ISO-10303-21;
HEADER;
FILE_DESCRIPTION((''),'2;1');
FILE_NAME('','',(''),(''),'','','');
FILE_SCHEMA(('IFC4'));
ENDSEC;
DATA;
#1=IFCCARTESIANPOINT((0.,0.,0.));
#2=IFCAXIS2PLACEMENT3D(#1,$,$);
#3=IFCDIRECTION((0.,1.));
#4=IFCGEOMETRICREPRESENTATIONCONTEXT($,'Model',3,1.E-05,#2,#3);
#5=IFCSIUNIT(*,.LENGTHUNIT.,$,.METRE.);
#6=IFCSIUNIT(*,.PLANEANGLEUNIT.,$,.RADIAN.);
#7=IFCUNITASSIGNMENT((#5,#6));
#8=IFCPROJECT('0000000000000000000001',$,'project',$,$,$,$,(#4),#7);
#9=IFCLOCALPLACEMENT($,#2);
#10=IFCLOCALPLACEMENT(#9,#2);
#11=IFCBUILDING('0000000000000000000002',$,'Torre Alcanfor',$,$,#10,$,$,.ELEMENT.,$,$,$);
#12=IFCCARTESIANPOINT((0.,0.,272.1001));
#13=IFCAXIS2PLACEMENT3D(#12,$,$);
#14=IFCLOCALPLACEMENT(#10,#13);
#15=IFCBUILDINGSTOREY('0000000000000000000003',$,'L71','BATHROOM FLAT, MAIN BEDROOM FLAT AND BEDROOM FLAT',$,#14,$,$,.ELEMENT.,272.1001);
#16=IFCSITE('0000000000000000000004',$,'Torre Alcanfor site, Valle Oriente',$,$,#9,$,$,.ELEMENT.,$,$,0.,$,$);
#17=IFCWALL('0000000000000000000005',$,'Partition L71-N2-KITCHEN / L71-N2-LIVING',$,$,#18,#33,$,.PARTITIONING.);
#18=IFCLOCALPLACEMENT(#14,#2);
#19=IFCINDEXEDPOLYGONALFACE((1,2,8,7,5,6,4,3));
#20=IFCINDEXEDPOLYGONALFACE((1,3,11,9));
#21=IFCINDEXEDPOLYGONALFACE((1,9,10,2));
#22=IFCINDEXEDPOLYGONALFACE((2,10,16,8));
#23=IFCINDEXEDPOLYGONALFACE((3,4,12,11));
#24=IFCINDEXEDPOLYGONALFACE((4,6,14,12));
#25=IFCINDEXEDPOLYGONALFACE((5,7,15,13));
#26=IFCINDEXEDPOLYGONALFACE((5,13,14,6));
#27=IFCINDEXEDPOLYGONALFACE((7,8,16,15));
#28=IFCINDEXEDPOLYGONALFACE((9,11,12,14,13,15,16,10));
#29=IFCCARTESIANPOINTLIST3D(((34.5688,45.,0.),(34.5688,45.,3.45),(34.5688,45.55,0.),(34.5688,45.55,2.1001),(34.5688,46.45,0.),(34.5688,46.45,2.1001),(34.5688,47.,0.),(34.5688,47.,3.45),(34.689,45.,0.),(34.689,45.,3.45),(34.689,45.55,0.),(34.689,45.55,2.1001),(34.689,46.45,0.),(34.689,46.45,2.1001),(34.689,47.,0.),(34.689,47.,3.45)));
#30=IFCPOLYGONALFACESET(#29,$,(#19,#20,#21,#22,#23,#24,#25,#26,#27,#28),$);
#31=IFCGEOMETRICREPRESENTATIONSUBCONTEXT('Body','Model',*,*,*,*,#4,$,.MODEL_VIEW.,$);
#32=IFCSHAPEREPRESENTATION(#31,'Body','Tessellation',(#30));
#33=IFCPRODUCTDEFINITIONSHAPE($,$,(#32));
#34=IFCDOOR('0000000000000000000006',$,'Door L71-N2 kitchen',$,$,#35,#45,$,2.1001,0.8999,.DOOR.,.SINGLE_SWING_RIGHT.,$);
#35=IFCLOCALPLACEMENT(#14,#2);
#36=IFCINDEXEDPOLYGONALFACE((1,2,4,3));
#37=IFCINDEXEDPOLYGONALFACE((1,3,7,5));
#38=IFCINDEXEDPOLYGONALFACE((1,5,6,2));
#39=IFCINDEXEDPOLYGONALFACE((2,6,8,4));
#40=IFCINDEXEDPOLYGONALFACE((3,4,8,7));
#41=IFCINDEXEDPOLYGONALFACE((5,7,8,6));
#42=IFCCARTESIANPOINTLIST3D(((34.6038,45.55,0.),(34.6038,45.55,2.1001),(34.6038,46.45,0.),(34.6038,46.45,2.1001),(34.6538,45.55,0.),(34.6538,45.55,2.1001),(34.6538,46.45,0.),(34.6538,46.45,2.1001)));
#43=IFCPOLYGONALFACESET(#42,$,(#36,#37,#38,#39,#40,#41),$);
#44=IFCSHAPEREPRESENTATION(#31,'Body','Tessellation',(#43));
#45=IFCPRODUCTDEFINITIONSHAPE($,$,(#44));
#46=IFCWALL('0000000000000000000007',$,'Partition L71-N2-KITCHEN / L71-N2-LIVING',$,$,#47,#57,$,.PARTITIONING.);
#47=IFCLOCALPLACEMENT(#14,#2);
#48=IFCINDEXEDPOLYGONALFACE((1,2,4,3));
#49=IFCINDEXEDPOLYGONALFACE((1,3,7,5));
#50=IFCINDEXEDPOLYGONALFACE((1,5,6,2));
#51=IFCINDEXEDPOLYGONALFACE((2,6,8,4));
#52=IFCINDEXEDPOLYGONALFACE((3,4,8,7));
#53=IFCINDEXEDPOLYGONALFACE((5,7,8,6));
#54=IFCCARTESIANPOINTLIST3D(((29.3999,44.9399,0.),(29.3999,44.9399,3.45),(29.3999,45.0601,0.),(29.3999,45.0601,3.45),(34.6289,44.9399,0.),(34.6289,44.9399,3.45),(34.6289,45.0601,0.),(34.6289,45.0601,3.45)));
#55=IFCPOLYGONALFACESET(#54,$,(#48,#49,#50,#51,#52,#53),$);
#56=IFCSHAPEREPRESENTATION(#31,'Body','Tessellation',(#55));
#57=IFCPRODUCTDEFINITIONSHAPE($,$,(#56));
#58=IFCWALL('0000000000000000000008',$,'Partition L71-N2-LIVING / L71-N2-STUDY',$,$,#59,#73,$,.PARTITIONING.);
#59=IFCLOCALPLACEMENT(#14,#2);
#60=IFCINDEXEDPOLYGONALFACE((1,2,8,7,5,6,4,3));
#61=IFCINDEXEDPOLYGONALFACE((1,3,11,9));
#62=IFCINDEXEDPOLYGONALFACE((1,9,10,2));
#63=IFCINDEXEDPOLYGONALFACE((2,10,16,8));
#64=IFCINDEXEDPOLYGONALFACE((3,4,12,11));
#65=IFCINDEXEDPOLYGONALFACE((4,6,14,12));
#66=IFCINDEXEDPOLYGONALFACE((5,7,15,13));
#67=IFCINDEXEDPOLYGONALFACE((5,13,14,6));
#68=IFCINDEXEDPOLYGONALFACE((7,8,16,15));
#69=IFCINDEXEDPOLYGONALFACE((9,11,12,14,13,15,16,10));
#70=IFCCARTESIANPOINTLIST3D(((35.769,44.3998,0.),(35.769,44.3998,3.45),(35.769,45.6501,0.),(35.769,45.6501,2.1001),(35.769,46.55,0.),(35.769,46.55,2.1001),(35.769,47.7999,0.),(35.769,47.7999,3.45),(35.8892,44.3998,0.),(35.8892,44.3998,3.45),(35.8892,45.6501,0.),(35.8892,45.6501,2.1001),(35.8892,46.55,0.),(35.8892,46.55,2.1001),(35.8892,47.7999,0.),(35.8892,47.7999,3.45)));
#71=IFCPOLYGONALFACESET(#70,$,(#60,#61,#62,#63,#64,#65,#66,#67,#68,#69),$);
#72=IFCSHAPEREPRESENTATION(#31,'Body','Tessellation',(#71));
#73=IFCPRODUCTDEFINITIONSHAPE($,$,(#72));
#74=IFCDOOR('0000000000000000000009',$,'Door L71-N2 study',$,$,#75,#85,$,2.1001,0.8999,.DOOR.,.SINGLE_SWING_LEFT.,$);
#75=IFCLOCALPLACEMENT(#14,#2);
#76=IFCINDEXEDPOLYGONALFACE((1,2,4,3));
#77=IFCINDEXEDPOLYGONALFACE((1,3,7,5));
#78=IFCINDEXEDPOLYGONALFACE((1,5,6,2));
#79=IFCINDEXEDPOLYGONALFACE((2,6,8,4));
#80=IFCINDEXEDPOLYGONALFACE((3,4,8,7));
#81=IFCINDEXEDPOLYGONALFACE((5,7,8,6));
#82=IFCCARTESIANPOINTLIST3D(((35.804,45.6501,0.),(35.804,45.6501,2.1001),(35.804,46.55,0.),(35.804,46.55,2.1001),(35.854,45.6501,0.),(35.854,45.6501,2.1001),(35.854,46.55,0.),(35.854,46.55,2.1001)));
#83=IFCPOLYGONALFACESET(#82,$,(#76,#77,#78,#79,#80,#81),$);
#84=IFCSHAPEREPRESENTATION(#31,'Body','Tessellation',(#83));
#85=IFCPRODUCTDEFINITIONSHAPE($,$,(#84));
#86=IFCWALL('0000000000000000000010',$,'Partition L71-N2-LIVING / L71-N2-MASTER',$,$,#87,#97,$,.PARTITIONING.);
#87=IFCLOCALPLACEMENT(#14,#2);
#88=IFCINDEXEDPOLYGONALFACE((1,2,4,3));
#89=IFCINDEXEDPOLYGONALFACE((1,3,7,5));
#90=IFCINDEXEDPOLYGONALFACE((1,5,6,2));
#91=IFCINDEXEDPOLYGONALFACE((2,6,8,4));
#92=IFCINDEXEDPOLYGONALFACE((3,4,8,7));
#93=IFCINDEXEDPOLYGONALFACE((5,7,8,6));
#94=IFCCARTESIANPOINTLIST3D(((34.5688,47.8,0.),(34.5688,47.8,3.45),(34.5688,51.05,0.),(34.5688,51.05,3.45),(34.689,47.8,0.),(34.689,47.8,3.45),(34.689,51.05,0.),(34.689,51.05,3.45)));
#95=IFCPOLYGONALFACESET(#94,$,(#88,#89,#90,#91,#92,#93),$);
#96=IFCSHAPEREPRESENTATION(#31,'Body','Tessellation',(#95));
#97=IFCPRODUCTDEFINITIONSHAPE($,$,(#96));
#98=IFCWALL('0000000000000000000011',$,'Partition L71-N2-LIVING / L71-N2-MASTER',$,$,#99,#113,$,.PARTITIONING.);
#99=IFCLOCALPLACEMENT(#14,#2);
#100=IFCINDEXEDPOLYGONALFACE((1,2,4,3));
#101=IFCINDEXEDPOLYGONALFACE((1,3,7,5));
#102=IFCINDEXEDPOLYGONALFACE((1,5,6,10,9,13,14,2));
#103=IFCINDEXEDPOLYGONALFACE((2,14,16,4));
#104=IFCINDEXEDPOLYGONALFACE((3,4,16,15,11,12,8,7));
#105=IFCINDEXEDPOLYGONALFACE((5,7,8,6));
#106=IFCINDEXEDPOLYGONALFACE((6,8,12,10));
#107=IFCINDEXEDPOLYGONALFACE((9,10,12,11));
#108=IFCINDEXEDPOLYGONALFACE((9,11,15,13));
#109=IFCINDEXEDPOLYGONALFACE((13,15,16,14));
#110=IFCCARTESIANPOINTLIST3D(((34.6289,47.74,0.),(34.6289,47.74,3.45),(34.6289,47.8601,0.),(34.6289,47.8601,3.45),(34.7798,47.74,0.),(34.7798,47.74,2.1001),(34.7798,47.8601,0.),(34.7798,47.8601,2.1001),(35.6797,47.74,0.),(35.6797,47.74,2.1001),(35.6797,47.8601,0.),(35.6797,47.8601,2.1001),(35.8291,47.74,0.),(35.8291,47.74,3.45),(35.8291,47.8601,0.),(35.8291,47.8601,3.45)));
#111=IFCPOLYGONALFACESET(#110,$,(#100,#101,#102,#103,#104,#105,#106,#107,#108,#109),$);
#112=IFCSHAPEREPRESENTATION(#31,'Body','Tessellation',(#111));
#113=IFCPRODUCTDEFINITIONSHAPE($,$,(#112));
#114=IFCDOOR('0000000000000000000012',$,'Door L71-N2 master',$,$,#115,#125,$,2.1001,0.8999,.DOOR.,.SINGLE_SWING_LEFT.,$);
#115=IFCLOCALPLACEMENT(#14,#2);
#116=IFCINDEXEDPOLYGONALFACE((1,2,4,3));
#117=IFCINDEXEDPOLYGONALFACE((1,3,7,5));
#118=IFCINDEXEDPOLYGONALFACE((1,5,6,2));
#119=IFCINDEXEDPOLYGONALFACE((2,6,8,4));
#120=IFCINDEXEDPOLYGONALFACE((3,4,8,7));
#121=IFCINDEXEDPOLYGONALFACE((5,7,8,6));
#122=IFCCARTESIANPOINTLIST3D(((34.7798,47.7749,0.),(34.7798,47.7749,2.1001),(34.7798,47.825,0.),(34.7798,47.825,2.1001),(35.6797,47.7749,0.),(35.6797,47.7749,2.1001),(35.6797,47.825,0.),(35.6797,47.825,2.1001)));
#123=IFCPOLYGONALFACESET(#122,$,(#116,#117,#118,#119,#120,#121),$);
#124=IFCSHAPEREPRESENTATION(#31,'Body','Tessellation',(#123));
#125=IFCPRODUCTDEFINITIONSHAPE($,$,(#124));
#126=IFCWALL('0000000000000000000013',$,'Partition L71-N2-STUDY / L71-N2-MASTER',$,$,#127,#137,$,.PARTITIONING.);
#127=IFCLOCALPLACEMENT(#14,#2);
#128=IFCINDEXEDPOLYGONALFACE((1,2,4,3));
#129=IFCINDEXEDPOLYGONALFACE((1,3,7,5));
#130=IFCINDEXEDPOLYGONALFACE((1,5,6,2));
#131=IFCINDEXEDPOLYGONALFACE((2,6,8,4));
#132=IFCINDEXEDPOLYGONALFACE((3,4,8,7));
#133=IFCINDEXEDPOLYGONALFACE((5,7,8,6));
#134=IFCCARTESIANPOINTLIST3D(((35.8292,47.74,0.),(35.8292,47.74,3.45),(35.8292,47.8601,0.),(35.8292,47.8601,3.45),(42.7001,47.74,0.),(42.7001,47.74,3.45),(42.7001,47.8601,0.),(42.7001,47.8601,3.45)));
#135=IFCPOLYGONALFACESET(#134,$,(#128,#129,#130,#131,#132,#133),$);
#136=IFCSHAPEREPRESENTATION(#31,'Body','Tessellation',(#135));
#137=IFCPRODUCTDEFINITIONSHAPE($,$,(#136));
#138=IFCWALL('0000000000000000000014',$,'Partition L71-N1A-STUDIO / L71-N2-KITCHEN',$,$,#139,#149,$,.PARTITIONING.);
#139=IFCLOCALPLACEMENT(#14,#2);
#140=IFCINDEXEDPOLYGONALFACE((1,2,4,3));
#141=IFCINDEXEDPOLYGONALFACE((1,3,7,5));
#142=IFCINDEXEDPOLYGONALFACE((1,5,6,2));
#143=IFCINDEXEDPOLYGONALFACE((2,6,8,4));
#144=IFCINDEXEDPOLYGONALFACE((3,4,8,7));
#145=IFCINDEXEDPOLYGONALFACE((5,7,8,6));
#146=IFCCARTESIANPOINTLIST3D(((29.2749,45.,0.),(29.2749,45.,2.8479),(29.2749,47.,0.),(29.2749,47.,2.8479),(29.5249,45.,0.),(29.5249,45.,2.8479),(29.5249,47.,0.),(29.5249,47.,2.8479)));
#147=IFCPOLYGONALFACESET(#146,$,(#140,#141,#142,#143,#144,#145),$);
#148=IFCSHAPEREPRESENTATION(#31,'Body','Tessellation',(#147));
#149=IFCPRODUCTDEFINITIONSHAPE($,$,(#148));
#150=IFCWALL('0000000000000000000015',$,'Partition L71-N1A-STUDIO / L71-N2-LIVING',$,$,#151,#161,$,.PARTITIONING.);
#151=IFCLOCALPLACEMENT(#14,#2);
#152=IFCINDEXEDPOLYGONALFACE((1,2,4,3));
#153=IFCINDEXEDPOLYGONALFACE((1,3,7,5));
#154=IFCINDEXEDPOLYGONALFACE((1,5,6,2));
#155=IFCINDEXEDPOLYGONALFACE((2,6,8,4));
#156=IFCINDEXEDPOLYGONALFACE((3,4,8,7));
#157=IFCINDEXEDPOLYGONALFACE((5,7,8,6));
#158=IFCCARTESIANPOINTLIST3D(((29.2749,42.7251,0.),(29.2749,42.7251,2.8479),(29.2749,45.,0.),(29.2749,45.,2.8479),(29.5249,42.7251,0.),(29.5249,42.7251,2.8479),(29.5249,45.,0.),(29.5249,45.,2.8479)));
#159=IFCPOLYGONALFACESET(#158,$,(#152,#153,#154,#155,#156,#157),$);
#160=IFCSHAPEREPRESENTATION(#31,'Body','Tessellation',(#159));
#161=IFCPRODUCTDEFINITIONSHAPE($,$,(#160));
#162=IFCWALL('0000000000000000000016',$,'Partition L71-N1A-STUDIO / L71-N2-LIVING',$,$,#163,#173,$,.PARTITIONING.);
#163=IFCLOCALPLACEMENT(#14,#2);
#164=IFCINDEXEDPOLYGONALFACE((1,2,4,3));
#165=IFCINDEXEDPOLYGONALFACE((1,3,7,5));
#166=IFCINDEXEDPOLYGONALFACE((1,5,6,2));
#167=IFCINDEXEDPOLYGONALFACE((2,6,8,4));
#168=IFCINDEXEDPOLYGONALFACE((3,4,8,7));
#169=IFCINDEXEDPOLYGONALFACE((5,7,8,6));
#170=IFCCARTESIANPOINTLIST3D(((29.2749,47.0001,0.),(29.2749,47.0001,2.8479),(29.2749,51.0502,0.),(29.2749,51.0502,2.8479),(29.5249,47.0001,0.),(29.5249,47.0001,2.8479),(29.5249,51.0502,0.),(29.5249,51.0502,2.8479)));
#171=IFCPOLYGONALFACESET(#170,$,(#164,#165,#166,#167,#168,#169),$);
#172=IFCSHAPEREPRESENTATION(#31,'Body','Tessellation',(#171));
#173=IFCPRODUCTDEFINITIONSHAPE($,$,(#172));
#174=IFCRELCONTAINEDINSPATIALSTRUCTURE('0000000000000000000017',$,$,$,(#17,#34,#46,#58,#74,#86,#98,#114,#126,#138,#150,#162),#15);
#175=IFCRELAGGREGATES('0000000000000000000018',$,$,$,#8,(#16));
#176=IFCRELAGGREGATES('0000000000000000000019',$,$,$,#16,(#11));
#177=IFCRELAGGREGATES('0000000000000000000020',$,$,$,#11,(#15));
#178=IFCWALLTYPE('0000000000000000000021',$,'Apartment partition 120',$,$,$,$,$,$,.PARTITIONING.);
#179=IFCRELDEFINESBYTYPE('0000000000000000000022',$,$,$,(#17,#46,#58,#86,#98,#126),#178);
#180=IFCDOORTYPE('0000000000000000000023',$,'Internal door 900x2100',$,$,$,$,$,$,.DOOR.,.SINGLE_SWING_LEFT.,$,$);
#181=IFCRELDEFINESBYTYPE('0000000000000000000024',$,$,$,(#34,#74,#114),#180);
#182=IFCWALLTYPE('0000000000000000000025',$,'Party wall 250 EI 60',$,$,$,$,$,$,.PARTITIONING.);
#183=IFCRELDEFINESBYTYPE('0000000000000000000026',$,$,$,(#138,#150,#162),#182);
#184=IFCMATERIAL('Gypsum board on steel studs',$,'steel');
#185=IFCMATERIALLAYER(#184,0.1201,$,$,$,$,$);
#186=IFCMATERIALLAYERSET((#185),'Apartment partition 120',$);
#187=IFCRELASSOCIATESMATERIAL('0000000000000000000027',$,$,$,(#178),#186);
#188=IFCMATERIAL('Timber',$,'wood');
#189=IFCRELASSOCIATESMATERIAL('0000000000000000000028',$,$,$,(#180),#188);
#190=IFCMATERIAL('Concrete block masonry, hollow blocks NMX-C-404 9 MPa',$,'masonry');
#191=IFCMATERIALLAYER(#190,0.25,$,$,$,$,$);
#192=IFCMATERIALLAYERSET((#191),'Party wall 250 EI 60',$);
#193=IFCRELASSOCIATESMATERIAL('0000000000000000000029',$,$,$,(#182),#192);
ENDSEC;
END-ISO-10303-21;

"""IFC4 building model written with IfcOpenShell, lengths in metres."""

from ifc_helpers import new_model, si_unit, direction, frame, frame_2d, origin, place, context, subcontext, project, spatial, rectangle, extrude, material, layer, layer_set, type_object, element, fill, save


model = new_model("IFC4")

# Units and contexts
model_context = context("Model", 3, precision=1e-05, world=origin(), true_north=direction((0.0, 1.0)))
body_context = subcontext(model_context, "Body", "Model", "MODEL_VIEW")
ifc_project = project(units=[si_unit("LENGTHUNIT", "METRE"), si_unit("PLANEANGLEUNIT", "RADIAN")], contexts=[model_context])

# Site, building, storey
site_placement = place(None, origin())
site = spatial("IfcSite", under=ifc_project, at=site_placement, Name="Torre Alcanfor site, Valle Oriente", CompositionType="ELEMENT", RefElevation=0.0)
building_placement = place(site_placement, origin())
building = spatial("IfcBuilding", under=site, at=building_placement, Name="Torre Alcanfor", CompositionType="ELEMENT")
storey_placement = place(building_placement, frame((0.0, 0.0, 272.1001)))
storey = spatial("IfcBuildingStorey", under=building, at=storey_placement, Name="L71", Description="BATHROOM FLAT, MAIN BEDROOM FLAT AND BEDROOM FLAT", CompositionType="ELEMENT", Elevation=272.1001)

# Shared definitions
ifc_material_1 = material(Name="Gypsum board on steel studs", Category="steel")
ifc_layer_1 = layer(ifc_material_1, 0.1201)
ifc_layer_set_1 = layer_set([ifc_layer_1], Name="Apartment partition 120")
wall_type_1 = type_object("IfcWallType", Name="Apartment partition 120", PredefinedType="PARTITIONING", material=ifc_layer_set_1)

# Wall, opening, door
wall_1_placement = place(storey_placement, frame((34.6289, 47.0, 0.0), z_axis=(0.0, 0.0, 1.0), x_axis=(0.0, -1.0, 0.0)))
wall_1 = element("IfcWall", 1, at=wall_1_placement, inside=storey, type_object=wall_type_1, Name="Partition L71-N2-KITCHEN / L71-N2-LIVING", PredefinedType="PARTITIONING", context=body_context, shape_type="SweptSolid", body=[
    extrude(rectangle(XDim=2.0, YDim=0.1201, at=frame_2d((1.0, 0.0))), origin(), (0.0, 0.0, 1.0), 3.45),
])
opening_1_placement = place(wall_1_placement, frame((0.55, 0.0, 0.0)))
opening_1 = element("IfcOpeningElement", 2, at=opening_1_placement, cuts=wall_1, PredefinedType="OPENING", context=body_context, shape_type="SweptSolid", body=[
    extrude(rectangle(XDim=0.8999, YDim=2.1001, at=frame_2d((0.45, 1.05))), frame((0.0, 0.0701, 0.0), z_axis=(0.0, -1.0, 0.0), x_axis=(1.0, 0.0, 0.0)), (0.0, 0.0, 1.0), 0.1401),
])
ifc_material_2 = material(Name="Timber", Category="wood")
door_type_1 = type_object("IfcDoorType", Name="Internal door 900x2100", OperationType="SINGLE_SWING_LEFT", PredefinedType="DOOR", material=ifc_material_2)
door_1_placement = place(opening_1_placement, frame((0.8999, 0.0, 0.0), z_axis=(0.0, 0.0, 1.0), x_axis=(-1.0, 0.0, 0.0)))
door_1 = element("IfcDoor", 3, at=door_1_placement, inside=storey, type_object=door_type_1, Name="Door L71-N2 kitchen", OperationType="SINGLE_SWING_RIGHT", OverallHeight=2.1001, OverallWidth=0.8999, PredefinedType="DOOR", context=body_context, shape_type="SweptSolid", body=[
    extrude(rectangle(XDim=0.8999, YDim=2.1001, at=frame_2d((0.45, 1.05))), frame((0.0, 0.0251, 0.0), z_axis=(0.0, -1.0, 0.0), x_axis=(1.0, 0.0, 0.0)), (0.0, 0.0, 1.0), 0.05),
])
fill(opening_1, door_1)

# Wall
wall_2_placement = place(storey_placement, frame((34.6289, 45.0, 0.0), z_axis=(0.0, 0.0, 1.0), x_axis=(-1.0, 0.0, 0.0)))
element("IfcWall", 4, at=wall_2_placement, inside=storey, type_object=wall_type_1, Name="Partition L71-N2-KITCHEN / L71-N2-LIVING", PredefinedType="PARTITIONING", context=body_context, shape_type="SweptSolid", body=[
    extrude(rectangle(XDim=5.229, YDim=0.1201, at=frame_2d((2.6145, 0.0))), origin(), (0.0, 0.0, 1.0), 3.45),
])

# Wall, opening, door
wall_3_placement = place(storey_placement, frame((35.8291, 47.8, 0.0), z_axis=(0.0, 0.0, 1.0), x_axis=(0.0, -1.0, 0.0)))
wall_3 = element("IfcWall", 5, at=wall_3_placement, inside=storey, type_object=wall_type_1, Name="Partition L71-N2-LIVING / L71-N2-STUDY", PredefinedType="PARTITIONING", context=body_context, shape_type="SweptSolid", body=[
    extrude(rectangle(XDim=3.4001, YDim=0.1201, at=frame_2d((1.7002, 0.0))), origin(), (0.0, 0.0, 1.0), 3.45),
])
opening_2_placement = place(wall_3_placement, frame((1.25, 0.0, 0.0)))
opening_2 = element("IfcOpeningElement", 6, at=opening_2_placement, cuts=wall_3, PredefinedType="OPENING", context=body_context, shape_type="SweptSolid", body=[
    extrude(rectangle(XDim=0.8999, YDim=2.1001, at=frame_2d((0.45, 1.05))), frame((0.0, 0.0701, 0.0), z_axis=(0.0, -1.0, 0.0), x_axis=(1.0, 0.0, 0.0)), (0.0, 0.0, 1.0), 0.1401),
])
door_2_placement = place(opening_2_placement, origin())
door_2 = element("IfcDoor", 7, at=door_2_placement, inside=storey, type_object=door_type_1, Name="Door L71-N2 study", OperationType="SINGLE_SWING_LEFT", OverallHeight=2.1001, OverallWidth=0.8999, PredefinedType="DOOR", context=body_context, shape_type="SweptSolid", body=[
    extrude(rectangle(XDim=0.8999, YDim=2.1001, at=frame_2d((0.45, 1.05))), frame((0.0, 0.0249, 0.0), z_axis=(0.0, -1.0, 0.0), x_axis=(1.0, 0.0, 0.0)), (0.0, 0.0, 1.0), 0.05),
])
fill(opening_2, door_2)

# Wall
wall_4_placement = place(storey_placement, frame((34.6289, 51.05, 0.0), z_axis=(0.0, 0.0, 1.0), x_axis=(0.0, -1.0, 0.0)))
element("IfcWall", 8, at=wall_4_placement, inside=storey, type_object=wall_type_1, Name="Partition L71-N2-LIVING / L71-N2-MASTER", PredefinedType="PARTITIONING", context=body_context, shape_type="SweptSolid", body=[
    extrude(rectangle(XDim=3.25, YDim=0.1201, at=frame_2d((1.625, 0.0))), origin(), (0.0, 0.0, 1.0), 3.45),
])

# Wall, opening, door
wall_5_placement = place(storey_placement, frame((34.6289, 47.8, 0.0), z_axis=(0.0, 0.0, 1.0), x_axis=(1.0, 0.0, 0.0)))
wall_5 = element("IfcWall", 9, at=wall_5_placement, inside=storey, type_object=wall_type_1, Name="Partition L71-N2-LIVING / L71-N2-MASTER", PredefinedType="PARTITIONING", context=body_context, shape_type="SweptSolid", body=[
    extrude(rectangle(XDim=1.2002, YDim=0.1201, at=frame_2d((0.6001, 0.0))), origin(), (0.0, 0.0, 1.0), 3.45),
])
opening_3_placement = place(wall_5_placement, frame((0.1509, 0.0, 0.0)))
opening_3 = element("IfcOpeningElement", 10, at=opening_3_placement, cuts=wall_5, PredefinedType="OPENING", context=body_context, shape_type="SweptSolid", body=[
    extrude(rectangle(XDim=0.8999, YDim=2.1001, at=frame_2d((0.45, 1.05))), frame((0.0, 0.0701, 0.0), z_axis=(0.0, -1.0, 0.0), x_axis=(1.0, 0.0, 0.0)), (0.0, 0.0, 1.0), 0.1401),
])
door_3_placement = place(opening_3_placement, origin())
door_3 = element("IfcDoor", 11, at=door_3_placement, inside=storey, type_object=door_type_1, Name="Door L71-N2 master", OperationType="SINGLE_SWING_LEFT", OverallHeight=2.1001, OverallWidth=0.8999, PredefinedType="DOOR", context=body_context, shape_type="SweptSolid", body=[
    extrude(rectangle(XDim=0.8999, YDim=2.1001, at=frame_2d((0.45, 1.05))), frame((0.0, 0.0249, 0.0), z_axis=(0.0, -1.0, 0.0), x_axis=(1.0, 0.0, 0.0)), (0.0, 0.0, 1.0), 0.05),
])
fill(opening_3, door_3)

# Walls
wall_6_placement = place(storey_placement, frame((35.8291, 47.8, 0.0), z_axis=(0.0, 0.0, 1.0), x_axis=(1.0, 0.0, 0.0)))
element("IfcWall", 12, at=wall_6_placement, inside=storey, type_object=wall_type_1, Name="Partition L71-N2-STUDY / L71-N2-MASTER", PredefinedType="PARTITIONING", context=body_context, shape_type="SweptSolid", body=[
    extrude(rectangle(XDim=6.8708, YDim=0.1201, at=frame_2d((3.4355, 0.0))), origin(), (0.0, 0.0, 1.0), 3.45),
])
ifc_material_3 = material(Name="Concrete block masonry, hollow blocks NMX-C-404 9 MPa", Category="masonry")
ifc_layer_2 = layer(ifc_material_3, 0.25)
ifc_layer_set_2 = layer_set([ifc_layer_2], Name="Party wall 250 EI 60")
wall_type_2 = type_object("IfcWallType", Name="Party wall 250 EI 60", PredefinedType="PARTITIONING", material=ifc_layer_set_2)
wall_7_placement = place(storey_placement, frame((29.3999, 47.0, 0.0), z_axis=(0.0, 0.0, 1.0), x_axis=(0.0, -1.0, 0.0)))
element("IfcWall", 13, at=wall_7_placement, inside=storey, type_object=wall_type_2, Name="Partition L71-N1A-STUDIO / L71-N2-KITCHEN", PredefinedType="PARTITIONING", context=body_context, shape_type="SweptSolid", body=[
    extrude(rectangle(XDim=2.0, YDim=0.25, at=frame_2d((1.0, 0.0))), origin(), (0.0, 0.0, 1.0), 2.8479),
])
wall_8_placement = place(storey_placement, frame((29.3999, 45.0, 0.0), z_axis=(0.0, 0.0, 1.0), x_axis=(0.0, -1.0, 0.0)))
element("IfcWall", 14, at=wall_8_placement, inside=storey, type_object=wall_type_2, Name="Partition L71-N1A-STUDIO / L71-N2-LIVING", PredefinedType="PARTITIONING", context=body_context, shape_type="SweptSolid", body=[
    extrude(rectangle(XDim=2.2749, YDim=0.25, at=frame_2d((1.1375, 0.0))), origin(), (0.0, 0.0, 1.0), 2.8479),
])
wall_9_placement = place(storey_placement, frame((29.3999, 51.05, 0.0), z_axis=(0.0, 0.0, 1.0), x_axis=(0.0, -1.0, 0.0)))
element("IfcWall", 15, at=wall_9_placement, inside=storey, type_object=wall_type_2, Name="Partition L71-N1A-STUDIO / L71-N2-LIVING", PredefinedType="PARTITIONING", context=body_context, shape_type="SweptSolid", body=[
    extrude(rectangle(XDim=4.05, YDim=0.25, at=frame_2d((2.0249, 0.0))), origin(), (0.0, 0.0, 1.0), 2.8479),
])

save(model, "model.ifc")
